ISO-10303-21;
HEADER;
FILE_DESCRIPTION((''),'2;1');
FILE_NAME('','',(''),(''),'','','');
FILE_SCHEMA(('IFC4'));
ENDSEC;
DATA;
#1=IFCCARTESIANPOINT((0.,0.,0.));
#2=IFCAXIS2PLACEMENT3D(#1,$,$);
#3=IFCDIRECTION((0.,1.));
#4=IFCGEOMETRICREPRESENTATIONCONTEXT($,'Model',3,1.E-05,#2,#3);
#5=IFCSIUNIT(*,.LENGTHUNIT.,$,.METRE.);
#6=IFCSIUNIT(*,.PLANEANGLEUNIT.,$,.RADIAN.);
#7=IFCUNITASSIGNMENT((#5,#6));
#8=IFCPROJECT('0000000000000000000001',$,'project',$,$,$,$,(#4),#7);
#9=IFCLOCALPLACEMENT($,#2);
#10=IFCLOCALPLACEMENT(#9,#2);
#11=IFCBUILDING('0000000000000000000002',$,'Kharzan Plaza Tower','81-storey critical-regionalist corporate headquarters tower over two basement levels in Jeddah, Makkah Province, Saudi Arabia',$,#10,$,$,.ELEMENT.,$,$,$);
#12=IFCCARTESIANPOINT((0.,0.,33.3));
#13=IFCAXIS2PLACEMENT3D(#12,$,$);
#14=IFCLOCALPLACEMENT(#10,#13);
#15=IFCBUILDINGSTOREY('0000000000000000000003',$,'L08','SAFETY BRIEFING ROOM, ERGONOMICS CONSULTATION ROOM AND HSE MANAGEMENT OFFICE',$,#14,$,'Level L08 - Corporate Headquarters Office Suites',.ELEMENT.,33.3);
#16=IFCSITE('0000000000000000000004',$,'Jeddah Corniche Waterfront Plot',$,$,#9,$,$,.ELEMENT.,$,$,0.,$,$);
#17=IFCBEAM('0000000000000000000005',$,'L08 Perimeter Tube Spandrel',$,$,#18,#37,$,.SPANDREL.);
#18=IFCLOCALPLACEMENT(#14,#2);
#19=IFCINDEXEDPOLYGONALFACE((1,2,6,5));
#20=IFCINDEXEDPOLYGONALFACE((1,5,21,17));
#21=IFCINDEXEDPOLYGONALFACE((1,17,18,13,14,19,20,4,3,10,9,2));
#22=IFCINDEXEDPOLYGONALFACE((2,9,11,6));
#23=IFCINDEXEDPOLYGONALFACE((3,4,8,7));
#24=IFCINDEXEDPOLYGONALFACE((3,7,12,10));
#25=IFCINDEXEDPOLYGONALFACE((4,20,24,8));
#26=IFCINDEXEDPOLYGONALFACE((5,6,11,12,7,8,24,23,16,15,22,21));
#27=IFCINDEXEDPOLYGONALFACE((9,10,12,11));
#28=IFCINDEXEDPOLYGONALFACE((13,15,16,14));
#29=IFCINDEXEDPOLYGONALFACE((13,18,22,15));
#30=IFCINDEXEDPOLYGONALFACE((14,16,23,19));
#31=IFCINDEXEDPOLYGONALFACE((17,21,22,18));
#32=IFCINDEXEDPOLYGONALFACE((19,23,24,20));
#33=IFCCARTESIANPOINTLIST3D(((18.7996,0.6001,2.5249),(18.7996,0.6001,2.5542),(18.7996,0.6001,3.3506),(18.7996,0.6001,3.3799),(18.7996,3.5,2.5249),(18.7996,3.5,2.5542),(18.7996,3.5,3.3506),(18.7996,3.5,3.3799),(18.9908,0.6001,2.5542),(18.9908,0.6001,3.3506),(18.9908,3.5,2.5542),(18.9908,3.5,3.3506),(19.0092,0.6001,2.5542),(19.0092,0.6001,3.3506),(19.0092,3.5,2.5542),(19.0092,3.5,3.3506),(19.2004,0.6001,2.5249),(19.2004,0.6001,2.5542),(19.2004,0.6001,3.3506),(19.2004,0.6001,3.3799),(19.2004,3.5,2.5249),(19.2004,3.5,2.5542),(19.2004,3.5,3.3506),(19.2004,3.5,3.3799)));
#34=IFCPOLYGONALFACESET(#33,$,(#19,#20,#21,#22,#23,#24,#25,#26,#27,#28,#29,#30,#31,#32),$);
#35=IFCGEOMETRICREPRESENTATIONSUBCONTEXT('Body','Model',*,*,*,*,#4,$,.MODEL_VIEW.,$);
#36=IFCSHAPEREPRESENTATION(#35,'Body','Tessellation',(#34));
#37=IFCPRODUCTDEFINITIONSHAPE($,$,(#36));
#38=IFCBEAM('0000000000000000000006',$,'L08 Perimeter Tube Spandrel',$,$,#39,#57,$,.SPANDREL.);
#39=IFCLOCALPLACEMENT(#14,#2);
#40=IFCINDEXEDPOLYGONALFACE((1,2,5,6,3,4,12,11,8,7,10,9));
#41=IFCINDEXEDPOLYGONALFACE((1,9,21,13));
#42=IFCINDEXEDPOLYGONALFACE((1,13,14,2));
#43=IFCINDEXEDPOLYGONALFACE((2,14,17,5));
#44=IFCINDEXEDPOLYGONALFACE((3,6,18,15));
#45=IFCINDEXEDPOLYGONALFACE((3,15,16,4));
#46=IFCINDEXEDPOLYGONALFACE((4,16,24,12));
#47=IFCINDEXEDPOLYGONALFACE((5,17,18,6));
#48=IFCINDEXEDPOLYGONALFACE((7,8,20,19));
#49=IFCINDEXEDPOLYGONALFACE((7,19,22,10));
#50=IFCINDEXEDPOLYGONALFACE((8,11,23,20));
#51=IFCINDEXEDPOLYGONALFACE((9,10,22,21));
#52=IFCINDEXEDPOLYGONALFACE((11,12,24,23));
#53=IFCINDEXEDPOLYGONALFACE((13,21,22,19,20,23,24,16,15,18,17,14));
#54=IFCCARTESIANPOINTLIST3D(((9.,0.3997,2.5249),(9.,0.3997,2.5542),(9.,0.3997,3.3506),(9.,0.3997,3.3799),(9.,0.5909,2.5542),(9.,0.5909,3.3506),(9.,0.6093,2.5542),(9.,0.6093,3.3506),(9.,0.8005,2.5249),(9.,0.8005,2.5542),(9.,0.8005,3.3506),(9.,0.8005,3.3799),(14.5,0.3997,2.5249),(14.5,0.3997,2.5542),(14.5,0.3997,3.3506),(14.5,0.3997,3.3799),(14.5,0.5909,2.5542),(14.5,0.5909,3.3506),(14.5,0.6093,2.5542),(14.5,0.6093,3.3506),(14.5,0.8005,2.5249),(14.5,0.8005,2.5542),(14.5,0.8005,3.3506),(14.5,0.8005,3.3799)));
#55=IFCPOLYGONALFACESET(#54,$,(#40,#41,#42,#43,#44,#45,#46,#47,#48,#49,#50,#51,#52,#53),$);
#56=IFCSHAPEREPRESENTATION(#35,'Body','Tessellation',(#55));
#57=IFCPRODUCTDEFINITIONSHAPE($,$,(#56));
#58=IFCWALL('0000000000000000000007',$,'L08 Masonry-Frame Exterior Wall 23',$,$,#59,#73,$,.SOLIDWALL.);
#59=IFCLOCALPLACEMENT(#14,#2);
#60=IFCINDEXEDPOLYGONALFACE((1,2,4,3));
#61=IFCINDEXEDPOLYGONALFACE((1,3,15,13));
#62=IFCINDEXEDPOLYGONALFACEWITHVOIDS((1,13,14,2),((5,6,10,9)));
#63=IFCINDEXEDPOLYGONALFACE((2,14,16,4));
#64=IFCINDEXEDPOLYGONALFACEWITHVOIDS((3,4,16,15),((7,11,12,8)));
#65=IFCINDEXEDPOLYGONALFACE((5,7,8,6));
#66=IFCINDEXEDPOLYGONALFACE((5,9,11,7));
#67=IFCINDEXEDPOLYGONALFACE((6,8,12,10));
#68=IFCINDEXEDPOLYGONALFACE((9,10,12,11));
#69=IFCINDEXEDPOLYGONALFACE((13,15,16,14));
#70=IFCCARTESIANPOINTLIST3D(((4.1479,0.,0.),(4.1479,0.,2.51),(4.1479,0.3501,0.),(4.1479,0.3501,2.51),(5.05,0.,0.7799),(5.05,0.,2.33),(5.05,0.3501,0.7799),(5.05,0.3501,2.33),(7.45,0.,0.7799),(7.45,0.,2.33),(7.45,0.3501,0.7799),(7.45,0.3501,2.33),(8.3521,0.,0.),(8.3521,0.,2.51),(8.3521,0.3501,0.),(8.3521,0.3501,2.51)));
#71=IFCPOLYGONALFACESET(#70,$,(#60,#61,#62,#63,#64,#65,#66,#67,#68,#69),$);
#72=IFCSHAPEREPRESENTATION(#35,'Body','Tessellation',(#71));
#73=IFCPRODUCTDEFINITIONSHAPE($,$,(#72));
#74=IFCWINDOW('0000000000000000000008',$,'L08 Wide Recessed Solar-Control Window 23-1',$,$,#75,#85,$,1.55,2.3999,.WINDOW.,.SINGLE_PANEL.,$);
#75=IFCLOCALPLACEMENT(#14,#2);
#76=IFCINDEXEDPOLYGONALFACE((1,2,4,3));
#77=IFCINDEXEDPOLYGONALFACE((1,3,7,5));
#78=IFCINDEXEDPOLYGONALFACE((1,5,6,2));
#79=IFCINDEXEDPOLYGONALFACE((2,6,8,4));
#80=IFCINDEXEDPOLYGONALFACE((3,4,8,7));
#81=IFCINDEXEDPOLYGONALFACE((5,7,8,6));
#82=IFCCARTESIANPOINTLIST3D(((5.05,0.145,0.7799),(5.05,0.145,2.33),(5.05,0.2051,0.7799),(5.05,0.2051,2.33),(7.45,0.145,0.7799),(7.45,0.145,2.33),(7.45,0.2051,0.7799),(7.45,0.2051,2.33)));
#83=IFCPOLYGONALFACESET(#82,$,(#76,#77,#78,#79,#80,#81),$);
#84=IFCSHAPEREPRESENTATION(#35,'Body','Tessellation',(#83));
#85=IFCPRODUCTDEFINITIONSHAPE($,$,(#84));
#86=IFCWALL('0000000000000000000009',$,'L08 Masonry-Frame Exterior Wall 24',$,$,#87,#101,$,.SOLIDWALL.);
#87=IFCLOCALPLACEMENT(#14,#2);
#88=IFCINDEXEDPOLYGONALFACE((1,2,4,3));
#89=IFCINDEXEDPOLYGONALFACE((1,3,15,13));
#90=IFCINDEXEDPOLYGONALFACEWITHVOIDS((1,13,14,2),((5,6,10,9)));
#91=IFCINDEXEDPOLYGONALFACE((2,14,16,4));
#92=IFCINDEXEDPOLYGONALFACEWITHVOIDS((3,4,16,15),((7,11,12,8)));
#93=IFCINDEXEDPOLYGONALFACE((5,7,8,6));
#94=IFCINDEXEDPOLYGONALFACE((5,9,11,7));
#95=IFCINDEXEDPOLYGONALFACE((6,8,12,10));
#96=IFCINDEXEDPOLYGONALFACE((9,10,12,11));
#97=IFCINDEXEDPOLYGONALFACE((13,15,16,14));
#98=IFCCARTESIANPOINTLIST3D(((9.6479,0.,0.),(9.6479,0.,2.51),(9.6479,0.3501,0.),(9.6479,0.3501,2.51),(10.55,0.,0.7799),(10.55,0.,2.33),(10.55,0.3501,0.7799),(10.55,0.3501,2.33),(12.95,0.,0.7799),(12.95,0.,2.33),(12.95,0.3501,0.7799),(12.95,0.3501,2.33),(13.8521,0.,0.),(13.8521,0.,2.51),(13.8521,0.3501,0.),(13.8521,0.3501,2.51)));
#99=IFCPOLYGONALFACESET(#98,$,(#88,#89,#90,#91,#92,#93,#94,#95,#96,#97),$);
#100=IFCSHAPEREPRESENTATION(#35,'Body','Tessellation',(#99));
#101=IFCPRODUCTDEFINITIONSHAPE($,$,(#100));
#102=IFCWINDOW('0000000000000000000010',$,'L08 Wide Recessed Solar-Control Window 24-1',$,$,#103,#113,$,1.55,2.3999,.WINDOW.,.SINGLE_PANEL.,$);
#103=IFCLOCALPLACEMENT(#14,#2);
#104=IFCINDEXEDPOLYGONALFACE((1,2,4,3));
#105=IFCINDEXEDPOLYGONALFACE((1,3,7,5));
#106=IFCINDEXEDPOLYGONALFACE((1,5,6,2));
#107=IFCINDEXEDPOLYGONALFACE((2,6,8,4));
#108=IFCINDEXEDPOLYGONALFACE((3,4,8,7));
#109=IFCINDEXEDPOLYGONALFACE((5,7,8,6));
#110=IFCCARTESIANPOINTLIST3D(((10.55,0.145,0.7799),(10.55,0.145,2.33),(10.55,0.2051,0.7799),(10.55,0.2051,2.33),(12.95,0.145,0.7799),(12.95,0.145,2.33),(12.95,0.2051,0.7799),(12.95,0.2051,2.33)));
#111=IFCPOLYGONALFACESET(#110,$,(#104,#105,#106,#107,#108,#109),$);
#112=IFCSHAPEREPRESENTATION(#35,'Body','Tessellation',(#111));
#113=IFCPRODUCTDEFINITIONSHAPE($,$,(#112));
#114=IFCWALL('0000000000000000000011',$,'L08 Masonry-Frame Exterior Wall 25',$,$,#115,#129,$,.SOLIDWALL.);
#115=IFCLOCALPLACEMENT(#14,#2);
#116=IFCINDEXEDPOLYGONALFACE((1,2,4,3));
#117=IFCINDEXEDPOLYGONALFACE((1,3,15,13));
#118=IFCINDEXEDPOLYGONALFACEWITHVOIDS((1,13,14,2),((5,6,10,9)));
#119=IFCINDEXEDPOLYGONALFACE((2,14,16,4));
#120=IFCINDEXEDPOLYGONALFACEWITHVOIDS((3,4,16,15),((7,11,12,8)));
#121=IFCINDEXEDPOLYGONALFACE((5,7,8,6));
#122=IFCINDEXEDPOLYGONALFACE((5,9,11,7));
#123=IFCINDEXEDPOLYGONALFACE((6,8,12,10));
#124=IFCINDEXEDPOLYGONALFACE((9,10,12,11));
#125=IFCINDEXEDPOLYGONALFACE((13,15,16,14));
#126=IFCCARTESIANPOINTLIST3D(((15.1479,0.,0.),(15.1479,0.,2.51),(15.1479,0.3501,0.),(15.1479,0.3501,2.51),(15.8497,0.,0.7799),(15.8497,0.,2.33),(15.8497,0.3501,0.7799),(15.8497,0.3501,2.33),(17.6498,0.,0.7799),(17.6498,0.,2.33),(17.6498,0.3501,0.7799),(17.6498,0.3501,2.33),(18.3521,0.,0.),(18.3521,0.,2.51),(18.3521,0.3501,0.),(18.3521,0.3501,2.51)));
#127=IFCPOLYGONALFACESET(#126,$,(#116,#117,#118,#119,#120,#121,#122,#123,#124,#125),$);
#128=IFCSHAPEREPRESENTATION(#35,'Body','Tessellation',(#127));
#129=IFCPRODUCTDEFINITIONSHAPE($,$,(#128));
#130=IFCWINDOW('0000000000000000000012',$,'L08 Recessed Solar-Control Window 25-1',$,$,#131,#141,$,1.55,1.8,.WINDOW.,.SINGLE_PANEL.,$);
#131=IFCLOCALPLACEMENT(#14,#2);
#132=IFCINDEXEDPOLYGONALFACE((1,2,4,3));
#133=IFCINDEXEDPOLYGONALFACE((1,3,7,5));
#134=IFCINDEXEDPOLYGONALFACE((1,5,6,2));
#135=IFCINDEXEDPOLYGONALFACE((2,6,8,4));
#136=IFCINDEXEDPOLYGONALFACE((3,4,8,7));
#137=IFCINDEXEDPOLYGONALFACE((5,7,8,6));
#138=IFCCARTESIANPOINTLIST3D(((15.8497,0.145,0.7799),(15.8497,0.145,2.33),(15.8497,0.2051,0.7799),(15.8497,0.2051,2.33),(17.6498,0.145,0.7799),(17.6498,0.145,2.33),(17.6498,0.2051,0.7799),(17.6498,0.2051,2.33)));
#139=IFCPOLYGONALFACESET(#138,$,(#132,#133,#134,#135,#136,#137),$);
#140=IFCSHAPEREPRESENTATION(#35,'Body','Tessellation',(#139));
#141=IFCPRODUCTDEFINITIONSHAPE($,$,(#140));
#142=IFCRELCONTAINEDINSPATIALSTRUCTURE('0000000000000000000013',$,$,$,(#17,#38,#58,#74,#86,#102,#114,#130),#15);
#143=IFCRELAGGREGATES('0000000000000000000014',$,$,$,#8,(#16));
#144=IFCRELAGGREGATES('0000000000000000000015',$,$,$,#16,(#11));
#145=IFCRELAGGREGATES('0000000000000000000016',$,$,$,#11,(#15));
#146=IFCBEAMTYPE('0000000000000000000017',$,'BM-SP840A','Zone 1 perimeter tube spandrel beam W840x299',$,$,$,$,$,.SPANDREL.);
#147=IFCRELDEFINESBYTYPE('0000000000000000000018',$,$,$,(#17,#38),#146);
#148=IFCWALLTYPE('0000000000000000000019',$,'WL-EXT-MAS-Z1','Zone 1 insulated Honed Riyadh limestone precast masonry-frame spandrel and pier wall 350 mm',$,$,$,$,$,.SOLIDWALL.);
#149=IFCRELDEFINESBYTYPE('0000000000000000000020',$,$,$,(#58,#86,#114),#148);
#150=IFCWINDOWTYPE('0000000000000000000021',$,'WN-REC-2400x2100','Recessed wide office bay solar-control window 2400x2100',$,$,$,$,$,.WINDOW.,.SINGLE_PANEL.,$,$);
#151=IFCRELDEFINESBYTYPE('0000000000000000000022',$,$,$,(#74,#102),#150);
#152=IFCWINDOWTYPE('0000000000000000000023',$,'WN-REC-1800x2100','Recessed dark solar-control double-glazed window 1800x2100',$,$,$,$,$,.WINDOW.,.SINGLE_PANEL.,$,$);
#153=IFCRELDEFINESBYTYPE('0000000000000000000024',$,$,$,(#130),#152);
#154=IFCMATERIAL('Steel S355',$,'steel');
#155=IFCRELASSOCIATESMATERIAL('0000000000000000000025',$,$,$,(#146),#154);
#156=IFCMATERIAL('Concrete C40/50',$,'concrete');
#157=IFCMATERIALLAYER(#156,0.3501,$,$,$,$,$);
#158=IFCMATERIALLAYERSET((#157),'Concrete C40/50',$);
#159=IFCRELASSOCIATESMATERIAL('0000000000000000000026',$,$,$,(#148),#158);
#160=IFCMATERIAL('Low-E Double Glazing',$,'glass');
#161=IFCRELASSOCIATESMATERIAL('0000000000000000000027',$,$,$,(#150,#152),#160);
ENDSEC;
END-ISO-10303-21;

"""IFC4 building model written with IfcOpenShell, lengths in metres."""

from ifc_helpers import new_model, si_unit, direction, frame, frame_2d, origin, origin_2d, place, context, subcontext, project, spatial, rectangle, i_section, extrude, source, transform, mapped, material, layer, layer_set, material_profile, profile_set, type_object, element, fill, save


model = new_model("IFC4")

# Units and contexts
model_context = context("Model", 3, precision=1e-05, world=origin(), true_north=direction((0.0, 1.0)))
body_context = subcontext(model_context, "Body", "Model", "MODEL_VIEW")
ifc_project = project(units=[si_unit("LENGTHUNIT", "METRE"), si_unit("PLANEANGLEUNIT", "RADIAN")], contexts=[model_context])

# Site, building, storey
site_placement = place(None, origin())
site = spatial("IfcSite", under=ifc_project, at=site_placement, Name="Jeddah Corniche Waterfront Plot", CompositionType="ELEMENT", RefElevation=0.0)
building_placement = place(site_placement, origin())
building = spatial("IfcBuilding", under=site, at=building_placement, Name="Kharzan Plaza Tower", Description="81-storey critical-regionalist corporate headquarters tower over two basement levels in Jeddah, Makkah Province, Saudi Arabia", CompositionType="ELEMENT")
storey_placement = place(building_placement, frame((0.0, 0.0, 33.3)))
storey = spatial("IfcBuildingStorey", under=building, at=storey_placement, Name="L08", Description="SAFETY BRIEFING ROOM, ERGONOMICS CONSULTATION ROOM AND HSE MANAGEMENT OFFICE", LongName="Level L08 - Corporate Headquarters Office Suites", CompositionType="ELEMENT", Elevation=33.3)

# Beams
ifc_material_1 = material(Name="Steel S355", Category="steel")
ifc_material_profile_1 = material_profile(ifc_material_1, i_section(OverallWidth=0.4009, OverallDepth=0.855, WebThickness=0.0183, FlangeThickness=0.0293, at=origin_2d()), Name="W840x299")
ifc_profile_set_1 = profile_set([ifc_material_profile_1], Name="Steel S355")
beam_type_1 = type_object("IfcBeamType", Name="BM-SP840A", Description="Zone 1 perimeter tube spandrel beam W840x299", PredefinedType="SPANDREL", material=ifc_profile_set_1)
shared_shape_1 = source(origin(), body_context, "Body", "SweptSolid", [
    extrude(i_section(OverallWidth=0.4009, OverallDepth=0.855, WebThickness=0.0183, FlangeThickness=0.0293, at=origin_2d()), origin(), (0.0, 0.0, 1.0), 2.8999),
])
beam_1_placement = place(storey_placement, frame((19.0, 0.6001, 2.9524), z_axis=(0.0, 1.0, 0.0), x_axis=(-1.0, 0.0, 0.0)))
element("IfcBeam", 1, at=beam_1_placement, inside=storey, type_object=beam_type_1, Name="L08 Perimeter Tube Spandrel", PredefinedType="SPANDREL", context=body_context, shape_type="MappedRepresentation", body=[
    mapped(shared_shape_1, transform((0.0, 0.0, 0.0), x_axis=(1.0, 0.0, 0.0), y_axis=(0.0, 1.0, 0.0), z_axis=(0.0, 0.0, 1.0))),
])
shared_shape_2 = source(origin(), body_context, "Body", "SweptSolid", [
    extrude(i_section(OverallWidth=0.4009, OverallDepth=0.855, WebThickness=0.0183, FlangeThickness=0.0293, at=origin_2d()), origin(), (0.0, 0.0, 1.0), 5.5),
])
beam_2_placement = place(storey_placement, frame((9.0, 0.6001, 2.9524), z_axis=(1.0, 0.0, 0.0), x_axis=(0.0, 1.0, 0.0)))
element("IfcBeam", 2, at=beam_2_placement, inside=storey, type_object=beam_type_1, Name="L08 Perimeter Tube Spandrel", PredefinedType="SPANDREL", context=body_context, shape_type="MappedRepresentation", body=[
    mapped(shared_shape_2, transform((0.0, 0.0, 0.0), x_axis=(1.0, 0.0, 0.0), y_axis=(0.0, 1.0, 0.0), z_axis=(0.0, 0.0, 1.0))),
])

# Walls, openings, windows
ifc_material_2 = material(Name="Concrete C40/50", Category="concrete")
ifc_layer_1 = layer(ifc_material_2, 0.3501)
ifc_layer_set_1 = layer_set([ifc_layer_1], Name="Concrete C40/50")
wall_type_1 = type_object("IfcWallType", Name="WL-EXT-MAS-Z1", Description="Zone 1 insulated Honed Riyadh limestone precast masonry-frame spandrel and pier wall 350 mm", PredefinedType="SOLIDWALL", material=ifc_layer_set_1)
wall_1_placement = place(storey_placement, frame((4.1479, 0.175, 0.0), z_axis=(0.0, 0.0, 1.0), x_axis=(1.0, 0.0, 0.0)))
wall_1 = element("IfcWall", 3, at=wall_1_placement, inside=storey, type_object=wall_type_1, Name="L08 Masonry-Frame Exterior Wall 23", PredefinedType="SOLIDWALL", context=body_context, shape_type="SweptSolid", body=[
    extrude(rectangle(XDim=4.2041, YDim=0.3501, at=frame_2d((2.1021, 0.0))), origin(), (0.0, 0.0, 1.0), 2.51),
])
opening_1_placement = place(wall_1_placement, frame((0.9021, 0.0, 0.78)))
opening_1 = element("IfcOpeningElement", 4, at=opening_1_placement, cuts=wall_1, PredefinedType="OPENING", context=body_context, shape_type="SweptSolid", body=[
    extrude(rectangle(XDim=2.3999, YDim=1.55, at=frame_2d((1.2, 0.7749))), frame((0.0, 0.1851, 0.0), z_axis=(0.0, -1.0, 0.0), x_axis=(1.0, 0.0, 0.0)), (0.0, 0.0, 1.0), 0.3701),
])
ifc_material_3 = material(Name="Low-E Double Glazing", Category="glass")
window_type_1 = type_object("IfcWindowType", Name="WN-REC-2400x2100", Description="Recessed wide office bay solar-control window 2400x2100", PartitioningType="SINGLE_PANEL", PredefinedType="WINDOW", material=ifc_material_3)
shared_shape_3 = source(origin(), body_context, "Body", "SweptSolid", [
    extrude(rectangle(XDim=2.3999, YDim=1.55, at=frame_2d((1.2, 0.7749))), frame((0.0, 0.03, 0.0), z_axis=(0.0, -1.0, 0.0), x_axis=(1.0, 0.0, 0.0)), (0.0, 0.0, 1.0), 0.0601),
])
window_1_placement = place(opening_1_placement, origin())
window_1 = element("IfcWindow", 5, at=window_1_placement, inside=storey, type_object=window_type_1, Name="L08 Wide Recessed Solar-Control Window 23-1", OverallHeight=1.55, OverallWidth=2.3999, PartitioningType="SINGLE_PANEL", PredefinedType="WINDOW", context=body_context, shape_type="MappedRepresentation", body=[
    mapped(shared_shape_3, transform((0.0, 0.0, 0.0), x_axis=(1.0, 0.0, 0.0), y_axis=(0.0, 1.0, 0.0), z_axis=(0.0, 0.0, 1.0))),
])
fill(opening_1, window_1)
wall_2_placement = place(storey_placement, frame((9.6479, 0.175, 0.0), z_axis=(0.0, 0.0, 1.0), x_axis=(1.0, 0.0, 0.0)))
wall_2 = element("IfcWall", 6, at=wall_2_placement, inside=storey, type_object=wall_type_1, Name="L08 Masonry-Frame Exterior Wall 24", PredefinedType="SOLIDWALL", context=body_context, shape_type="SweptSolid", body=[
    extrude(rectangle(XDim=4.2041, YDim=0.3501, at=frame_2d((2.1021, 0.0))), origin(), (0.0, 0.0, 1.0), 2.51),
])
opening_2_placement = place(wall_2_placement, frame((0.9021, 0.0, 0.78)))
opening_2 = element("IfcOpeningElement", 7, at=opening_2_placement, cuts=wall_2, PredefinedType="OPENING", context=body_context, shape_type="SweptSolid", body=[
    extrude(rectangle(XDim=2.3999, YDim=1.55, at=frame_2d((1.2, 0.7749))), frame((0.0, 0.1851, 0.0), z_axis=(0.0, -1.0, 0.0), x_axis=(1.0, 0.0, 0.0)), (0.0, 0.0, 1.0), 0.3701),
])
window_2_placement = place(opening_2_placement, origin())
window_2 = element("IfcWindow", 8, at=window_2_placement, inside=storey, type_object=window_type_1, Name="L08 Wide Recessed Solar-Control Window 24-1", OverallHeight=1.55, OverallWidth=2.3999, PartitioningType="SINGLE_PANEL", PredefinedType="WINDOW", context=body_context, shape_type="MappedRepresentation", body=[
    mapped(shared_shape_3, transform((0.0, 0.0, 0.0), x_axis=(1.0, 0.0, 0.0), y_axis=(0.0, 1.0, 0.0), z_axis=(0.0, 0.0, 1.0))),
])
fill(opening_2, window_2)
wall_3_placement = place(storey_placement, frame((15.1479, 0.175, 0.0), z_axis=(0.0, 0.0, 1.0), x_axis=(1.0, 0.0, 0.0)))
wall_3 = element("IfcWall", 9, at=wall_3_placement, inside=storey, type_object=wall_type_1, Name="L08 Masonry-Frame Exterior Wall 25", PredefinedType="SOLIDWALL", context=body_context, shape_type="SweptSolid", body=[
    extrude(rectangle(XDim=3.2041, YDim=0.3501, at=frame_2d((1.6021, 0.0))), origin(), (0.0, 0.0, 1.0), 2.51),
])
opening_3_placement = place(wall_3_placement, frame((0.7019, 0.0, 0.78)))
opening_3 = element("IfcOpeningElement", 10, at=opening_3_placement, cuts=wall_3, PredefinedType="OPENING", context=body_context, shape_type="SweptSolid", body=[
    extrude(rectangle(XDim=1.8, YDim=1.55, at=frame_2d((0.8999, 0.7749))), frame((0.0, 0.1851, 0.0), z_axis=(0.0, -1.0, 0.0), x_axis=(1.0, 0.0, 0.0)), (0.0, 0.0, 1.0), 0.3701),
])
window_type_2 = type_object("IfcWindowType", Name="WN-REC-1800x2100", Description="Recessed dark solar-control double-glazed window 1800x2100", PartitioningType="SINGLE_PANEL", PredefinedType="WINDOW", material=ifc_material_3)
shared_shape_4 = source(origin(), body_context, "Body", "SweptSolid", [
    extrude(rectangle(XDim=1.8, YDim=1.55, at=frame_2d((0.8999, 0.7749))), frame((0.0, 0.03, 0.0), z_axis=(0.0, -1.0, 0.0), x_axis=(1.0, 0.0, 0.0)), (0.0, 0.0, 1.0), 0.0601),
])
window_3_placement = place(opening_3_placement, origin())
window_3 = element("IfcWindow", 11, at=window_3_placement, inside=storey, type_object=window_type_2, Name="L08 Recessed Solar-Control Window 25-1", OverallHeight=1.55, OverallWidth=1.8, PartitioningType="SINGLE_PANEL", PredefinedType="WINDOW", context=body_context, shape_type="MappedRepresentation", body=[
    mapped(shared_shape_4, transform((0.0, 0.0, 0.0), x_axis=(1.0, 0.0, 0.0), y_axis=(0.0, 1.0, 0.0), z_axis=(0.0, 0.0, 1.0))),
])
fill(opening_3, window_3)

save(model, "model.ifc")
